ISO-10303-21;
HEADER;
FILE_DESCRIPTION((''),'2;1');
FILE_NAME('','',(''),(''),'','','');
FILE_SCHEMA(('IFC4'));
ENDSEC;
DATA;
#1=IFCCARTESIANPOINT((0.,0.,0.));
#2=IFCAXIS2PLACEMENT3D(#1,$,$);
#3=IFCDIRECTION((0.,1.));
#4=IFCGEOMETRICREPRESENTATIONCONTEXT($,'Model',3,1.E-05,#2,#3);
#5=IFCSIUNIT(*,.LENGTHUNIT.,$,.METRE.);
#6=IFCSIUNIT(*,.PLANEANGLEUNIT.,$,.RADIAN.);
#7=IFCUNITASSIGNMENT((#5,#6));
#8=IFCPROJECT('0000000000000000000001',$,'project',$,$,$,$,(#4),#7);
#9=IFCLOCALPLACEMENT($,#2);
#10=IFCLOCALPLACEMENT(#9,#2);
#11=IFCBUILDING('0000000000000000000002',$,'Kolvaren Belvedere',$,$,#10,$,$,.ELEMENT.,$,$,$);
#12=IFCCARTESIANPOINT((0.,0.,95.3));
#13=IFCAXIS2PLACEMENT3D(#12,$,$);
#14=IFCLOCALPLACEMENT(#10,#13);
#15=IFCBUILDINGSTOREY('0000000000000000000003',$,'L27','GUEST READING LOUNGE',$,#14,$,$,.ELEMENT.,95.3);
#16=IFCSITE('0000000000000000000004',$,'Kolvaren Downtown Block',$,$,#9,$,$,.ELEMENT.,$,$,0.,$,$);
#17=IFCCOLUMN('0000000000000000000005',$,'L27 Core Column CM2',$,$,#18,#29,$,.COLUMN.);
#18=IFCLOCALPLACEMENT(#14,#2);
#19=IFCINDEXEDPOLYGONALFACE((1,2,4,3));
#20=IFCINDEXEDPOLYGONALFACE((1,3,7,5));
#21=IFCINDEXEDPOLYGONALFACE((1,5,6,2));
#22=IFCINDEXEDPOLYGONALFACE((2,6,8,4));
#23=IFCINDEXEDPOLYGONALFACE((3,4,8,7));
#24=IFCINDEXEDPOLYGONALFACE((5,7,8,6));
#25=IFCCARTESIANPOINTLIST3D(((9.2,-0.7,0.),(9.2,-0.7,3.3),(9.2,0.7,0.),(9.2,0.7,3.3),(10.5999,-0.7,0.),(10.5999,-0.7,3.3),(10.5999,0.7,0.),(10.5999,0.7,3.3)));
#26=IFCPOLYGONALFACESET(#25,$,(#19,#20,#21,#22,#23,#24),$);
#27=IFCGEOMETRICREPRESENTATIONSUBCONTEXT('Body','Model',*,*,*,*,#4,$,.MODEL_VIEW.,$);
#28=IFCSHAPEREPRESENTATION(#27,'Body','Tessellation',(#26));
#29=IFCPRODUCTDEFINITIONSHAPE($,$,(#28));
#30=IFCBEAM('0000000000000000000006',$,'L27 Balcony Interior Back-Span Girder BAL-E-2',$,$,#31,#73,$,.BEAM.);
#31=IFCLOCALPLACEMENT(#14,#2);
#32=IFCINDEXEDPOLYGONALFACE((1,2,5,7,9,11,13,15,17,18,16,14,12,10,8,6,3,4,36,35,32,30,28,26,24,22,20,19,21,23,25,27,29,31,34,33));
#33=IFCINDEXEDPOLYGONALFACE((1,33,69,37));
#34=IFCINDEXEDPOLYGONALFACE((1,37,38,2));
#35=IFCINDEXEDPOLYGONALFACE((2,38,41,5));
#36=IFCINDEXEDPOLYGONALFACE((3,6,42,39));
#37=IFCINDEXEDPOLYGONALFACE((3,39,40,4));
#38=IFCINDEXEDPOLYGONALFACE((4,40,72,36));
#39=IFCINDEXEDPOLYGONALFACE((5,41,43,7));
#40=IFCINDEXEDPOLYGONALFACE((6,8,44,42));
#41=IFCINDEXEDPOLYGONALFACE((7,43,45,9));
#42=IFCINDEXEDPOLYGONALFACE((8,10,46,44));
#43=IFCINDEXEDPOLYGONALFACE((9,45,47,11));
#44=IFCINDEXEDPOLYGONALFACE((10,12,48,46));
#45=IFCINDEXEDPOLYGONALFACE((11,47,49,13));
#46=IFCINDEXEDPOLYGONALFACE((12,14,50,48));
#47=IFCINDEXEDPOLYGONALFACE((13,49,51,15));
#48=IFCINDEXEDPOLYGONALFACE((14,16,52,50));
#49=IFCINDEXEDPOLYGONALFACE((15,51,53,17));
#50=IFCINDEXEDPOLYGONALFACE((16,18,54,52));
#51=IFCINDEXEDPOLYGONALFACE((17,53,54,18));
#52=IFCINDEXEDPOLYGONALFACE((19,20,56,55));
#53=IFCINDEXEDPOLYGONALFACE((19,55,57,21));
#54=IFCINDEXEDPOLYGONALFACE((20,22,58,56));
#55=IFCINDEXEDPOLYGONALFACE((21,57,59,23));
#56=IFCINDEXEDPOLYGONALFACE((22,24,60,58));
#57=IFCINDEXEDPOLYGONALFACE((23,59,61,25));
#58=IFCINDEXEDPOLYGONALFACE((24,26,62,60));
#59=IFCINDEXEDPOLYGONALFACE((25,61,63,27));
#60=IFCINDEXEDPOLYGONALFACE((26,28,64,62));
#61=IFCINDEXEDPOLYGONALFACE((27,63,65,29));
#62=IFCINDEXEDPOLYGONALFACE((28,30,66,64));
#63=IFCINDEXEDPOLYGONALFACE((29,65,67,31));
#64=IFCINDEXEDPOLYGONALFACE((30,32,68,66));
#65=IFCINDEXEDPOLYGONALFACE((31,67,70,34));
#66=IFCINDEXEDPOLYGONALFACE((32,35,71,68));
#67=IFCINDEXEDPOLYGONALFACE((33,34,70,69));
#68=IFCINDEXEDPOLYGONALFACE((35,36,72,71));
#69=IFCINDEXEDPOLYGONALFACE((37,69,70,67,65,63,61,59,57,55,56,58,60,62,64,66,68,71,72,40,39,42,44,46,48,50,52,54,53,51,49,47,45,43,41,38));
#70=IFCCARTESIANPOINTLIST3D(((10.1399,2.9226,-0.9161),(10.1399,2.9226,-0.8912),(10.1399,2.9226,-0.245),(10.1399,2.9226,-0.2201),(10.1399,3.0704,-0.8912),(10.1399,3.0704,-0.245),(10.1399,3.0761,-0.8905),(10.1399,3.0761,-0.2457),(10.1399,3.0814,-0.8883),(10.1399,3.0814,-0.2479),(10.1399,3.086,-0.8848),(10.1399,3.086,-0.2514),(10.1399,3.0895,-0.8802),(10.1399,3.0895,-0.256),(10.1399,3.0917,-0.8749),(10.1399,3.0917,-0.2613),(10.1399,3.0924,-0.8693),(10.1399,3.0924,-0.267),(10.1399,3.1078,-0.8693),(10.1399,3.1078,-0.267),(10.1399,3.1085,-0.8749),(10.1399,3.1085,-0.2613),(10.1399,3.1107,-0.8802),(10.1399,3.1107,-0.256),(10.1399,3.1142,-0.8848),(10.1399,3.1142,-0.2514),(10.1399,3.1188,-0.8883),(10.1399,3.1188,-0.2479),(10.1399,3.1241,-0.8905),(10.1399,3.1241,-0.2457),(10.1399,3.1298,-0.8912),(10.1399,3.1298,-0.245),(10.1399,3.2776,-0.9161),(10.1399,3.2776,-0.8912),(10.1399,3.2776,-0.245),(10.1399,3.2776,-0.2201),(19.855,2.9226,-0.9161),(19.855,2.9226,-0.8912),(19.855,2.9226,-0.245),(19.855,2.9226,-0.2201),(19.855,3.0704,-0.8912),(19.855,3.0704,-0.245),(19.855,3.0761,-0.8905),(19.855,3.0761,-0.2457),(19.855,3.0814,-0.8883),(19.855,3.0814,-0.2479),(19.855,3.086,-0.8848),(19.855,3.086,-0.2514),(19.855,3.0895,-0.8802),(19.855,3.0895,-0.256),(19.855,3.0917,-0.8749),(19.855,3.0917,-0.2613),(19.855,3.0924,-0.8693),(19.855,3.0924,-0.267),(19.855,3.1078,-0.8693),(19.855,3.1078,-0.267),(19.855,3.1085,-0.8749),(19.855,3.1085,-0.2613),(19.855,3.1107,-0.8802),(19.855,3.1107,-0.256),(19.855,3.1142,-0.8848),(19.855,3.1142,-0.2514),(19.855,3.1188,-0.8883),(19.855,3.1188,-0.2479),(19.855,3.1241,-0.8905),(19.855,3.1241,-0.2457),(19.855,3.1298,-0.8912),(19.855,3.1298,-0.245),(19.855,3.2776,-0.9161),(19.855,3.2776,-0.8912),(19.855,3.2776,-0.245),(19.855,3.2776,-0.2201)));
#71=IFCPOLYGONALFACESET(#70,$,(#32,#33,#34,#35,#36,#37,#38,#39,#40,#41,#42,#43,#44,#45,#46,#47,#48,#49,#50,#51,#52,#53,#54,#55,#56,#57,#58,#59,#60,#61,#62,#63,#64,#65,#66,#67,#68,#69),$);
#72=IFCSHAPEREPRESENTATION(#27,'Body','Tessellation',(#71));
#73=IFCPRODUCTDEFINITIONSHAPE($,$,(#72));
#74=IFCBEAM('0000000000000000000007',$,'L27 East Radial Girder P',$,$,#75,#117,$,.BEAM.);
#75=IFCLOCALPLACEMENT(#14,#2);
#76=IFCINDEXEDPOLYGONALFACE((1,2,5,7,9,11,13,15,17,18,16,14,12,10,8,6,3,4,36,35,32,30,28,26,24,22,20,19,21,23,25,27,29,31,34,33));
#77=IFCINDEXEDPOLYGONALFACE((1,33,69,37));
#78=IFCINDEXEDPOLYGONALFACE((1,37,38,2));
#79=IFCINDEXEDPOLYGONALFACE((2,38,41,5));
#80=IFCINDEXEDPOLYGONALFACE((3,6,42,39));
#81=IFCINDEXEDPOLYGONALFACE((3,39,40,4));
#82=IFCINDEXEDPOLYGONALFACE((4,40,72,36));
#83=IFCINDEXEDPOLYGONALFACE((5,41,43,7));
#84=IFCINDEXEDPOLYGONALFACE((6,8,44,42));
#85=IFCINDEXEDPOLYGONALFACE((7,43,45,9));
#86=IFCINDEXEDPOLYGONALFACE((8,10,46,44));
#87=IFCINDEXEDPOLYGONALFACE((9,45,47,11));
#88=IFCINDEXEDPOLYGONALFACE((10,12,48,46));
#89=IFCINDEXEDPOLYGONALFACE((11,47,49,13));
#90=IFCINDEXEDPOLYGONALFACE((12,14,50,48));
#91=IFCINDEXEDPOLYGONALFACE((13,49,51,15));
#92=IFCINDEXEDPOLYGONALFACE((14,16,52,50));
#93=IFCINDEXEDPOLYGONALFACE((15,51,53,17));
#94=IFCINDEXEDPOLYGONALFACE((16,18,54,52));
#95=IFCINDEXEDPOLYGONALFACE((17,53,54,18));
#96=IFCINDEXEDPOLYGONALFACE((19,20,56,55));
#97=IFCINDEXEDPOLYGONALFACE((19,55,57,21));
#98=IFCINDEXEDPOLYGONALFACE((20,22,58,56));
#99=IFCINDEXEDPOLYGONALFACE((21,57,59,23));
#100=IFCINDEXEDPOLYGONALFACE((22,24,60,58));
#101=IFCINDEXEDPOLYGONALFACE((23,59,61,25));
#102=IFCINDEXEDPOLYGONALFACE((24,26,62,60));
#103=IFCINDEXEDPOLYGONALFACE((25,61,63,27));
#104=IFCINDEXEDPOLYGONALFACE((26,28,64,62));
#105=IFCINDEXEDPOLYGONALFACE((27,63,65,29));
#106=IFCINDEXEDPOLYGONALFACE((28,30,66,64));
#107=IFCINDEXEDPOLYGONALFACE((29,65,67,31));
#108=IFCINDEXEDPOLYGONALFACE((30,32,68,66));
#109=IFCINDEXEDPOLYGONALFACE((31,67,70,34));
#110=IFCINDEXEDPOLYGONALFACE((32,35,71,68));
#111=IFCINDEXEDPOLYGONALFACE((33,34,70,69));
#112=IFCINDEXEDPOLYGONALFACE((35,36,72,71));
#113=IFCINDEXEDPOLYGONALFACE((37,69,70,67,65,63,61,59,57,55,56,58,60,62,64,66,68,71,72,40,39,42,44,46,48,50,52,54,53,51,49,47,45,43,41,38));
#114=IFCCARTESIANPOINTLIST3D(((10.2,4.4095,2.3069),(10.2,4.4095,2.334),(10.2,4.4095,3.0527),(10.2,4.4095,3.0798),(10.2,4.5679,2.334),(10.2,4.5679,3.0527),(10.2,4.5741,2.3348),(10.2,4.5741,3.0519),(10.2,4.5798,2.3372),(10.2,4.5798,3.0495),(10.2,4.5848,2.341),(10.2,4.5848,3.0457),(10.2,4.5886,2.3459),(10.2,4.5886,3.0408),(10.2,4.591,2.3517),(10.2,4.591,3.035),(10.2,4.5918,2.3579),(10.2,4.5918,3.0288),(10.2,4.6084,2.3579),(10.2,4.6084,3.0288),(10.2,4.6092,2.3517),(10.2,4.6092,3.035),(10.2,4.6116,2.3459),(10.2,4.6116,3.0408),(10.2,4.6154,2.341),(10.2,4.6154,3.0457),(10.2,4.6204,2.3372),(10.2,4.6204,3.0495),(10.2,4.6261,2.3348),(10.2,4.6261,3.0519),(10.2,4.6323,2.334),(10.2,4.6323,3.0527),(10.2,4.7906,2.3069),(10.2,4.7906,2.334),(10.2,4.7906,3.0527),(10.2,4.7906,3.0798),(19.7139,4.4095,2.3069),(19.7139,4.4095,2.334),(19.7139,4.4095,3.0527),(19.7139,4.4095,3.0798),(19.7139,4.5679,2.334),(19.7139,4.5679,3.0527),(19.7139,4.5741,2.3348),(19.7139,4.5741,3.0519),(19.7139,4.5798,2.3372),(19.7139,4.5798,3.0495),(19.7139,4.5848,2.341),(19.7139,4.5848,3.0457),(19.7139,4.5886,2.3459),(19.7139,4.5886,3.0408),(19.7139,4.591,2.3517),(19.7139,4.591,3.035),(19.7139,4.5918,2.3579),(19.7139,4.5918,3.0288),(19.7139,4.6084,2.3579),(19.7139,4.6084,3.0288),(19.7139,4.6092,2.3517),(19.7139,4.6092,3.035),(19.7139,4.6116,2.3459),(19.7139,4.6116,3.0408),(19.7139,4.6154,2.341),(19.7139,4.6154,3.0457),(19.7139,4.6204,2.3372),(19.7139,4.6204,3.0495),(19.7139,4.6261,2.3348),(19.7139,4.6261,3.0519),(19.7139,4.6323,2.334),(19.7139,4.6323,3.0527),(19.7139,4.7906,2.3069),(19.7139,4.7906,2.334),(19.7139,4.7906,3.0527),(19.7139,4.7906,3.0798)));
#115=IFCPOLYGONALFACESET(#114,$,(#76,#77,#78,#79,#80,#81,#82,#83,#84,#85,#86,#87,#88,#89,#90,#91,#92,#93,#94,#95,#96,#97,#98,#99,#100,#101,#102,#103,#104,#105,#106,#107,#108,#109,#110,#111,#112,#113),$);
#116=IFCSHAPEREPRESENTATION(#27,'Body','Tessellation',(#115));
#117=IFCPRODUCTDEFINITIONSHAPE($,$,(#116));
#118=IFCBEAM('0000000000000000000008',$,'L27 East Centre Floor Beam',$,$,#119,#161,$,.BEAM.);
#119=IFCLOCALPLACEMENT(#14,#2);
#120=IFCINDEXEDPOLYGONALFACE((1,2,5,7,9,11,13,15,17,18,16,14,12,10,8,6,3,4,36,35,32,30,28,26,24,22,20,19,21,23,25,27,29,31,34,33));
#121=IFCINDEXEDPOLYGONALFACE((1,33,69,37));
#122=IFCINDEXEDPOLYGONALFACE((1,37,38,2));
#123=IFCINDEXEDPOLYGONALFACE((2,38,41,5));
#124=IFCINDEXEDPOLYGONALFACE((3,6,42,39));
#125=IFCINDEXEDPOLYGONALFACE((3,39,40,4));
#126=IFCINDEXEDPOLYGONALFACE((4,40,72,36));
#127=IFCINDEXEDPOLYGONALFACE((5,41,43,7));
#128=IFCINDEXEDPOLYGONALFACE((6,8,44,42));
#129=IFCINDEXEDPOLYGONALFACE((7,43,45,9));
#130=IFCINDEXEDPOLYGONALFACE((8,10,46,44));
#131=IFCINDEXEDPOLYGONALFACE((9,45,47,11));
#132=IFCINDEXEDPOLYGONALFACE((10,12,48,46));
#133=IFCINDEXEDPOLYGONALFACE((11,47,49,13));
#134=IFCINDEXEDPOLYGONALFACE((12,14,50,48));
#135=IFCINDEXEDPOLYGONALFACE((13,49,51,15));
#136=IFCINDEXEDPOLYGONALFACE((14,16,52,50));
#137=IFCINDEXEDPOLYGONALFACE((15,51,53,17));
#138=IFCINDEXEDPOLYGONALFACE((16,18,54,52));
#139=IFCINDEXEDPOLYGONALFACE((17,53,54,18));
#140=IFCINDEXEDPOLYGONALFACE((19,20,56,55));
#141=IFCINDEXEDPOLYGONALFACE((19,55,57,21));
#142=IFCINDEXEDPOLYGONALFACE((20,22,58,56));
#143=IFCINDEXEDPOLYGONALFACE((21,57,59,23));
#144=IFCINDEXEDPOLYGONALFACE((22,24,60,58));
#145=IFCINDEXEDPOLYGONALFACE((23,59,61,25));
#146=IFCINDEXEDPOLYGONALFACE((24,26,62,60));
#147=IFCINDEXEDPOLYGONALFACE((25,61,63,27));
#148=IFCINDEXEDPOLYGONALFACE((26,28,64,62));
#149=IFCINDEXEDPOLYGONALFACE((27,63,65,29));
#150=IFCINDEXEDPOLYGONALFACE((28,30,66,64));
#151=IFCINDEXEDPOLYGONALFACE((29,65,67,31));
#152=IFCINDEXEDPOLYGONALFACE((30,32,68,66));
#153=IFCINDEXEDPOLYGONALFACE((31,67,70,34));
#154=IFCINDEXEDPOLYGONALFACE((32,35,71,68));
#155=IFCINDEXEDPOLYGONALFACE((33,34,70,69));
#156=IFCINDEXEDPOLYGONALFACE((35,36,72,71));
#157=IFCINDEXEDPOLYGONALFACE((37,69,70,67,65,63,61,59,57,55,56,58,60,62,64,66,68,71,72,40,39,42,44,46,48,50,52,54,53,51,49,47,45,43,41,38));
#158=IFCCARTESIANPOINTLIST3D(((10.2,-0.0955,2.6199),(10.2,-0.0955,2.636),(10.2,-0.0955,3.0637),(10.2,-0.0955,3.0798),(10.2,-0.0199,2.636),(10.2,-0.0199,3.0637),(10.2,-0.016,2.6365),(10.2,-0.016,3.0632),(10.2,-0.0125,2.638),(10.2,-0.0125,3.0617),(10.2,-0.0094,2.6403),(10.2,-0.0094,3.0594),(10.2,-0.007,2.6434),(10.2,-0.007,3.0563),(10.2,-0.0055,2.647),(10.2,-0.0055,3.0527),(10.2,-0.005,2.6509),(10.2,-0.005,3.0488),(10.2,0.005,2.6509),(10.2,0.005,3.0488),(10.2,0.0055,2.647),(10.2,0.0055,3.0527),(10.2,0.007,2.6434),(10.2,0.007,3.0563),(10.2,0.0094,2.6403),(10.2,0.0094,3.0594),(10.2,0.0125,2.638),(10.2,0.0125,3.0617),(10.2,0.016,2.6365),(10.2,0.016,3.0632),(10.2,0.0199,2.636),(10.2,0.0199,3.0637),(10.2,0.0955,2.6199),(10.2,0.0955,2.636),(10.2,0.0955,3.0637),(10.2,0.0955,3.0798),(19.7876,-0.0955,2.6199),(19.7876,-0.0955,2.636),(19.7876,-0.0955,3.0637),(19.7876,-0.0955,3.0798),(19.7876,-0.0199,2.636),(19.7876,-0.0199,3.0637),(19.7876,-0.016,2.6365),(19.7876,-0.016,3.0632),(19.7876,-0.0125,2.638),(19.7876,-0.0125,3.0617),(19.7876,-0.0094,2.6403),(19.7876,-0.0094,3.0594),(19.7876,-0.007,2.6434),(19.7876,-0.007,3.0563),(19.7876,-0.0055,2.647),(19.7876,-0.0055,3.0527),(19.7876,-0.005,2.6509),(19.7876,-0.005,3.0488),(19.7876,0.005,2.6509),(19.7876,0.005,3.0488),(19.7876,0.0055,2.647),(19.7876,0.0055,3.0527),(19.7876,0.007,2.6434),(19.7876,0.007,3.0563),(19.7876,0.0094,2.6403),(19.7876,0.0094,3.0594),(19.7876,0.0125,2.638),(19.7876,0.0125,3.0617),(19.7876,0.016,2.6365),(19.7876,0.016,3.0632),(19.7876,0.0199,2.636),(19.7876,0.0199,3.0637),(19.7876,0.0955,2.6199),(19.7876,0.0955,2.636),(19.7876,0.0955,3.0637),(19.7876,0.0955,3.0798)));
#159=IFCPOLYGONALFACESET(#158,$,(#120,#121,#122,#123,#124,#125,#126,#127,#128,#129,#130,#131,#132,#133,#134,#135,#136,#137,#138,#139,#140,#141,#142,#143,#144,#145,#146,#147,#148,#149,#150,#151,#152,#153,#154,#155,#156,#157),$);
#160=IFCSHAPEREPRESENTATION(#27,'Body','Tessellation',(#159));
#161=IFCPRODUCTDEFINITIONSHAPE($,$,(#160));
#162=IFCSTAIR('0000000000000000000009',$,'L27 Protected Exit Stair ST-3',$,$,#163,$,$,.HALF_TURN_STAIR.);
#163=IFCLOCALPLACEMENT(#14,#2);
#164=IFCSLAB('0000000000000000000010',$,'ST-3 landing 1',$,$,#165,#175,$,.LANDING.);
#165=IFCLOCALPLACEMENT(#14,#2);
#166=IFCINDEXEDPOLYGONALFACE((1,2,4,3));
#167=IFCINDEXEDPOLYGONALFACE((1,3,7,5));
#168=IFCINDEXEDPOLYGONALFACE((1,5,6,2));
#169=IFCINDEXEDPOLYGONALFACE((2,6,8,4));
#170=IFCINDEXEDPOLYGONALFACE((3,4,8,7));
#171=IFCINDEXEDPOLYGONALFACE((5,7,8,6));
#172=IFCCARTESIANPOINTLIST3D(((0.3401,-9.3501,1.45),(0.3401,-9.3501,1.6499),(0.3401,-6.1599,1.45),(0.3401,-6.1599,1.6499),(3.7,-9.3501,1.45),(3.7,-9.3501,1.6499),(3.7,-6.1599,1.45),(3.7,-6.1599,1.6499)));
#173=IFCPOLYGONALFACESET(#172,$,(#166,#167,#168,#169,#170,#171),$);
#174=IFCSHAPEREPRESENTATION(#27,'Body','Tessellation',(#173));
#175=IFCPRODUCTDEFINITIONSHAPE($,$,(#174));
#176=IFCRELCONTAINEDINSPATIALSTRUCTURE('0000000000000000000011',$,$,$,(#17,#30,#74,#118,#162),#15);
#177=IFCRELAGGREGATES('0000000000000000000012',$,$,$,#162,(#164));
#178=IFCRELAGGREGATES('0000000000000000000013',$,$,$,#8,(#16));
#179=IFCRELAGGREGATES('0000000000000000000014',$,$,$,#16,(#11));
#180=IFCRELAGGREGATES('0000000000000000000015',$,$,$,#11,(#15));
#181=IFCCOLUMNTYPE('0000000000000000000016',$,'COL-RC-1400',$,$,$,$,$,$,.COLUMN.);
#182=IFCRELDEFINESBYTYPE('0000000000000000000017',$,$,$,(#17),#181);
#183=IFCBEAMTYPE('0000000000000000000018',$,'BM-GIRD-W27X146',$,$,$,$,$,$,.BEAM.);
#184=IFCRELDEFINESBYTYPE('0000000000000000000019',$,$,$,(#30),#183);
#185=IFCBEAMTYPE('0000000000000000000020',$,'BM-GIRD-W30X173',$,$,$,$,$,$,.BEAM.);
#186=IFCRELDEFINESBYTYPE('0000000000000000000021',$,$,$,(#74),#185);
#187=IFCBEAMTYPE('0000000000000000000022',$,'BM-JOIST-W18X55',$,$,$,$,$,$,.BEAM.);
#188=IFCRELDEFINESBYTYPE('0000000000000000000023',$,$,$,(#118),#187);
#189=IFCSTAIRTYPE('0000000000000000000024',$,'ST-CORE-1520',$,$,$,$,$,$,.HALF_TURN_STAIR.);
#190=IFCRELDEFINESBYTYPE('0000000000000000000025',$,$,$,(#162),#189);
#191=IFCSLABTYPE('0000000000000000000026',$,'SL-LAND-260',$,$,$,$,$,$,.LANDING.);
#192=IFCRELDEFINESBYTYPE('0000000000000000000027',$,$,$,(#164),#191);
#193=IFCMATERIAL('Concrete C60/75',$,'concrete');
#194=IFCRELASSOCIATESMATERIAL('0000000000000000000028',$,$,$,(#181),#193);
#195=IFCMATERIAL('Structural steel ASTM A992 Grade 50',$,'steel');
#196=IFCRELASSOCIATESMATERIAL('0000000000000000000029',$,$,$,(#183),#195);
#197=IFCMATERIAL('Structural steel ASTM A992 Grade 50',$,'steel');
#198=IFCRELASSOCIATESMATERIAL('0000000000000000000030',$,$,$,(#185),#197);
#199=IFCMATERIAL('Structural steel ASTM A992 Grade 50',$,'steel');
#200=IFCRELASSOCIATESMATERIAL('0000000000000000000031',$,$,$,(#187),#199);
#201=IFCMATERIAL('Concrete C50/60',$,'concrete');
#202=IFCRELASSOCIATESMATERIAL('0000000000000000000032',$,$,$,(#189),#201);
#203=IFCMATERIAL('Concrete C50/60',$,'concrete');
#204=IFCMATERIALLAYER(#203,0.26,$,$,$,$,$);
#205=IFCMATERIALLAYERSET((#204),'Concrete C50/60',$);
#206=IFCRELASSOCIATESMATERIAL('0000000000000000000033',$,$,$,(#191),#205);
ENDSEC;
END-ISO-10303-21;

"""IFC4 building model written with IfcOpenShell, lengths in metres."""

from ifc_helpers import new_model, si_unit, direction, frame, origin, origin_2d, place, context, subcontext, project, spatial, polyline, rectangle, i_section, outline, extrude, material, layer, layer_set, material_profile, profile_set, type_object, element, aggregate, save


model = new_model("IFC4")

# Units and contexts
model_context = context("Model", 3, precision=1e-05, world=origin(), true_north=direction((0.0, 1.0)))
body_context = subcontext(model_context, "Body", "Model", "MODEL_VIEW")
ifc_project = project(units=[si_unit("LENGTHUNIT", "METRE"), si_unit("PLANEANGLEUNIT", "RADIAN")], contexts=[model_context])

# Site, building, storey
site_placement = place(None, origin())
site = spatial("IfcSite", under=ifc_project, at=site_placement, Name="Kolvaren Downtown Block", CompositionType="ELEMENT", RefElevation=0.0)
building_placement = place(site_placement, origin())
building = spatial("IfcBuilding", under=site, at=building_placement, Name="Kolvaren Belvedere", CompositionType="ELEMENT")
storey_placement = place(building_placement, frame((0.0, 0.0, 95.3)))
storey = spatial("IfcBuildingStorey", under=building, at=storey_placement, Name="L27", Description="GUEST READING LOUNGE", CompositionType="ELEMENT", Elevation=95.3)

# Column
ifc_material_1 = material(Name="Concrete C60/75", Category="concrete")
ifc_material_profile_1 = material_profile(ifc_material_1, rectangle(XDim=1.3999, YDim=1.3999, at=origin_2d()), Name="RC 1400X1400")
ifc_profile_set_1 = profile_set([ifc_material_profile_1], Name="Concrete C60/75")
column_type = type_object("IfcColumnType", Name="COL-RC-1400", PredefinedType="COLUMN", material=ifc_profile_set_1)
column_placement = place(storey_placement, frame((9.8999, 0.0, 0.0), z_axis=(0.0, 0.0, 1.0), x_axis=(1.0, 0.0, 0.0)))
element("IfcColumn", 1, at=column_placement, inside=storey, type_object=column_type, Name="L27 Core Column CM2", PredefinedType="COLUMN", context=body_context, shape_type="SweptSolid", body=[
    extrude(rectangle(XDim=1.3999, YDim=1.3999, at=origin_2d()), origin(), (0.0, 0.0, 1.0), 3.3),
])

# Beams
ifc_material_2 = material(Name="Structural steel ASTM A992 Grade 50", Category="steel")
ifc_material_profile_2 = material_profile(ifc_material_2, i_section(OverallWidth=0.355, OverallDepth=0.696, WebThickness=0.0154, FlangeThickness=0.0249, FilletRadius=0.022, at=origin_2d()), Name="W27X146")
ifc_profile_set_2 = profile_set([ifc_material_profile_2], Name="Structural steel ASTM A992 Grade 50")
beam_type_1 = type_object("IfcBeamType", Name="BM-GIRD-W27X146", PredefinedType="BEAM", material=ifc_profile_set_2)
beam_1_placement = place(storey_placement, frame((10.1399, 3.1001, -0.5681), z_axis=(1.0, 0.0, 0.0), x_axis=(0.0, 1.0, 0.0)))
element("IfcBeam", 2, at=beam_1_placement, inside=storey, type_object=beam_type_1, Name="L27 Balcony Interior Back-Span Girder BAL-E-2", PredefinedType="BEAM", context=body_context, shape_type="SweptSolid", body=[
    extrude(i_section(OverallWidth=0.355, OverallDepth=0.696, WebThickness=0.0154, FlangeThickness=0.0249, FilletRadius=0.022, at=origin_2d()), origin(), (0.0, 0.0, 1.0), 9.7151),
])
ifc_material_3 = material(Name="Structural steel ASTM A992 Grade 50", Category="steel")
ifc_material_profile_3 = material_profile(ifc_material_3, i_section(OverallWidth=0.3811, OverallDepth=0.7729, WebThickness=0.0166, FlangeThickness=0.0271, FilletRadius=0.0239, at=origin_2d()), Name="W30X173")
ifc_profile_set_3 = profile_set([ifc_material_profile_3], Name="Structural steel ASTM A992 Grade 50")
beam_type_2 = type_object("IfcBeamType", Name="BM-GIRD-W30X173", PredefinedType="BEAM", material=ifc_profile_set_3)
beam_2_placement = place(storey_placement, frame((10.2, 4.6001, 2.6934), z_axis=(1.0, 0.0, 0.0), x_axis=(0.0, 1.0, 0.0)))
element("IfcBeam", 3, at=beam_2_placement, inside=storey, type_object=beam_type_2, Name="L27 East Radial Girder P", PredefinedType="BEAM", context=body_context, shape_type="SweptSolid", body=[
    extrude(i_section(OverallWidth=0.3811, OverallDepth=0.7729, WebThickness=0.0166, FlangeThickness=0.0271, FilletRadius=0.0239, at=origin_2d()), origin(), (0.0, 0.0, 1.0), 9.5139),
])
ifc_material_4 = material(Name="Structural steel ASTM A992 Grade 50", Category="steel")
ifc_material_profile_4 = material_profile(ifc_material_4, i_section(OverallWidth=0.1909, OverallDepth=0.46, WebThickness=0.01, FlangeThickness=0.0161, FilletRadius=0.0149, at=origin_2d()), Name="W18X55")
ifc_profile_set_4 = profile_set([ifc_material_profile_4], Name="Structural steel ASTM A992 Grade 50")
beam_type_3 = type_object("IfcBeamType", Name="BM-JOIST-W18X55", PredefinedType="BEAM", material=ifc_profile_set_4)
beam_3_placement = place(storey_placement, frame((10.2, 0.0, 2.8499), z_axis=(1.0, 0.0, 0.0), x_axis=(0.0, 1.0, 0.0)))
element("IfcBeam", 4, at=beam_3_placement, inside=storey, type_object=beam_type_3, Name="L27 East Centre Floor Beam", PredefinedType="BEAM", context=body_context, shape_type="SweptSolid", body=[
    extrude(i_section(OverallWidth=0.1909, OverallDepth=0.46, WebThickness=0.01, FlangeThickness=0.0161, FilletRadius=0.0149, at=origin_2d()), origin(), (0.0, 0.0, 1.0), 9.5876),
])

# Stair, slab
ifc_material_5 = material(Name="Concrete C50/60", Category="concrete")
stair_type = type_object("IfcStairType", Name="ST-CORE-1520", PredefinedType="HALF_TURN_STAIR", material=ifc_material_5)
stair_1_placement = place(storey_placement, origin())
stair_1 = element("IfcStair", 5, at=stair_1_placement, inside=storey, type_object=stair_type, Name="L27 Protected Exit Stair ST-3", PredefinedType="HALF_TURN_STAIR")
ifc_material_6 = material(Name="Concrete C50/60", Category="concrete")
ifc_layer_1 = layer(ifc_material_6, 0.26)
ifc_layer_set_1 = layer_set([ifc_layer_1], Name="Concrete C50/60")
slab_type = type_object("IfcSlabType", Name="SL-LAND-260", PredefinedType="LANDING", material=ifc_layer_set_1)
slab_placement = place(storey_placement, frame((0.0, 0.0, 1.45)))
slab = element("IfcSlab", 6, at=slab_placement, type_object=slab_type, Name="ST-3 landing 1", PredefinedType="LANDING", context=body_context, shape_type="SweptSolid", body=[
    extrude(outline(polyline([(0.3401, -9.3501), (3.7, -9.3501), (3.7, -6.1599), (0.3401, -6.1599), (0.3401, -9.3501)])), origin(), (0.0, 0.0, 1.0), 0.2),
])
aggregate(stair_1, [slab])

save(model, "model.ifc")
